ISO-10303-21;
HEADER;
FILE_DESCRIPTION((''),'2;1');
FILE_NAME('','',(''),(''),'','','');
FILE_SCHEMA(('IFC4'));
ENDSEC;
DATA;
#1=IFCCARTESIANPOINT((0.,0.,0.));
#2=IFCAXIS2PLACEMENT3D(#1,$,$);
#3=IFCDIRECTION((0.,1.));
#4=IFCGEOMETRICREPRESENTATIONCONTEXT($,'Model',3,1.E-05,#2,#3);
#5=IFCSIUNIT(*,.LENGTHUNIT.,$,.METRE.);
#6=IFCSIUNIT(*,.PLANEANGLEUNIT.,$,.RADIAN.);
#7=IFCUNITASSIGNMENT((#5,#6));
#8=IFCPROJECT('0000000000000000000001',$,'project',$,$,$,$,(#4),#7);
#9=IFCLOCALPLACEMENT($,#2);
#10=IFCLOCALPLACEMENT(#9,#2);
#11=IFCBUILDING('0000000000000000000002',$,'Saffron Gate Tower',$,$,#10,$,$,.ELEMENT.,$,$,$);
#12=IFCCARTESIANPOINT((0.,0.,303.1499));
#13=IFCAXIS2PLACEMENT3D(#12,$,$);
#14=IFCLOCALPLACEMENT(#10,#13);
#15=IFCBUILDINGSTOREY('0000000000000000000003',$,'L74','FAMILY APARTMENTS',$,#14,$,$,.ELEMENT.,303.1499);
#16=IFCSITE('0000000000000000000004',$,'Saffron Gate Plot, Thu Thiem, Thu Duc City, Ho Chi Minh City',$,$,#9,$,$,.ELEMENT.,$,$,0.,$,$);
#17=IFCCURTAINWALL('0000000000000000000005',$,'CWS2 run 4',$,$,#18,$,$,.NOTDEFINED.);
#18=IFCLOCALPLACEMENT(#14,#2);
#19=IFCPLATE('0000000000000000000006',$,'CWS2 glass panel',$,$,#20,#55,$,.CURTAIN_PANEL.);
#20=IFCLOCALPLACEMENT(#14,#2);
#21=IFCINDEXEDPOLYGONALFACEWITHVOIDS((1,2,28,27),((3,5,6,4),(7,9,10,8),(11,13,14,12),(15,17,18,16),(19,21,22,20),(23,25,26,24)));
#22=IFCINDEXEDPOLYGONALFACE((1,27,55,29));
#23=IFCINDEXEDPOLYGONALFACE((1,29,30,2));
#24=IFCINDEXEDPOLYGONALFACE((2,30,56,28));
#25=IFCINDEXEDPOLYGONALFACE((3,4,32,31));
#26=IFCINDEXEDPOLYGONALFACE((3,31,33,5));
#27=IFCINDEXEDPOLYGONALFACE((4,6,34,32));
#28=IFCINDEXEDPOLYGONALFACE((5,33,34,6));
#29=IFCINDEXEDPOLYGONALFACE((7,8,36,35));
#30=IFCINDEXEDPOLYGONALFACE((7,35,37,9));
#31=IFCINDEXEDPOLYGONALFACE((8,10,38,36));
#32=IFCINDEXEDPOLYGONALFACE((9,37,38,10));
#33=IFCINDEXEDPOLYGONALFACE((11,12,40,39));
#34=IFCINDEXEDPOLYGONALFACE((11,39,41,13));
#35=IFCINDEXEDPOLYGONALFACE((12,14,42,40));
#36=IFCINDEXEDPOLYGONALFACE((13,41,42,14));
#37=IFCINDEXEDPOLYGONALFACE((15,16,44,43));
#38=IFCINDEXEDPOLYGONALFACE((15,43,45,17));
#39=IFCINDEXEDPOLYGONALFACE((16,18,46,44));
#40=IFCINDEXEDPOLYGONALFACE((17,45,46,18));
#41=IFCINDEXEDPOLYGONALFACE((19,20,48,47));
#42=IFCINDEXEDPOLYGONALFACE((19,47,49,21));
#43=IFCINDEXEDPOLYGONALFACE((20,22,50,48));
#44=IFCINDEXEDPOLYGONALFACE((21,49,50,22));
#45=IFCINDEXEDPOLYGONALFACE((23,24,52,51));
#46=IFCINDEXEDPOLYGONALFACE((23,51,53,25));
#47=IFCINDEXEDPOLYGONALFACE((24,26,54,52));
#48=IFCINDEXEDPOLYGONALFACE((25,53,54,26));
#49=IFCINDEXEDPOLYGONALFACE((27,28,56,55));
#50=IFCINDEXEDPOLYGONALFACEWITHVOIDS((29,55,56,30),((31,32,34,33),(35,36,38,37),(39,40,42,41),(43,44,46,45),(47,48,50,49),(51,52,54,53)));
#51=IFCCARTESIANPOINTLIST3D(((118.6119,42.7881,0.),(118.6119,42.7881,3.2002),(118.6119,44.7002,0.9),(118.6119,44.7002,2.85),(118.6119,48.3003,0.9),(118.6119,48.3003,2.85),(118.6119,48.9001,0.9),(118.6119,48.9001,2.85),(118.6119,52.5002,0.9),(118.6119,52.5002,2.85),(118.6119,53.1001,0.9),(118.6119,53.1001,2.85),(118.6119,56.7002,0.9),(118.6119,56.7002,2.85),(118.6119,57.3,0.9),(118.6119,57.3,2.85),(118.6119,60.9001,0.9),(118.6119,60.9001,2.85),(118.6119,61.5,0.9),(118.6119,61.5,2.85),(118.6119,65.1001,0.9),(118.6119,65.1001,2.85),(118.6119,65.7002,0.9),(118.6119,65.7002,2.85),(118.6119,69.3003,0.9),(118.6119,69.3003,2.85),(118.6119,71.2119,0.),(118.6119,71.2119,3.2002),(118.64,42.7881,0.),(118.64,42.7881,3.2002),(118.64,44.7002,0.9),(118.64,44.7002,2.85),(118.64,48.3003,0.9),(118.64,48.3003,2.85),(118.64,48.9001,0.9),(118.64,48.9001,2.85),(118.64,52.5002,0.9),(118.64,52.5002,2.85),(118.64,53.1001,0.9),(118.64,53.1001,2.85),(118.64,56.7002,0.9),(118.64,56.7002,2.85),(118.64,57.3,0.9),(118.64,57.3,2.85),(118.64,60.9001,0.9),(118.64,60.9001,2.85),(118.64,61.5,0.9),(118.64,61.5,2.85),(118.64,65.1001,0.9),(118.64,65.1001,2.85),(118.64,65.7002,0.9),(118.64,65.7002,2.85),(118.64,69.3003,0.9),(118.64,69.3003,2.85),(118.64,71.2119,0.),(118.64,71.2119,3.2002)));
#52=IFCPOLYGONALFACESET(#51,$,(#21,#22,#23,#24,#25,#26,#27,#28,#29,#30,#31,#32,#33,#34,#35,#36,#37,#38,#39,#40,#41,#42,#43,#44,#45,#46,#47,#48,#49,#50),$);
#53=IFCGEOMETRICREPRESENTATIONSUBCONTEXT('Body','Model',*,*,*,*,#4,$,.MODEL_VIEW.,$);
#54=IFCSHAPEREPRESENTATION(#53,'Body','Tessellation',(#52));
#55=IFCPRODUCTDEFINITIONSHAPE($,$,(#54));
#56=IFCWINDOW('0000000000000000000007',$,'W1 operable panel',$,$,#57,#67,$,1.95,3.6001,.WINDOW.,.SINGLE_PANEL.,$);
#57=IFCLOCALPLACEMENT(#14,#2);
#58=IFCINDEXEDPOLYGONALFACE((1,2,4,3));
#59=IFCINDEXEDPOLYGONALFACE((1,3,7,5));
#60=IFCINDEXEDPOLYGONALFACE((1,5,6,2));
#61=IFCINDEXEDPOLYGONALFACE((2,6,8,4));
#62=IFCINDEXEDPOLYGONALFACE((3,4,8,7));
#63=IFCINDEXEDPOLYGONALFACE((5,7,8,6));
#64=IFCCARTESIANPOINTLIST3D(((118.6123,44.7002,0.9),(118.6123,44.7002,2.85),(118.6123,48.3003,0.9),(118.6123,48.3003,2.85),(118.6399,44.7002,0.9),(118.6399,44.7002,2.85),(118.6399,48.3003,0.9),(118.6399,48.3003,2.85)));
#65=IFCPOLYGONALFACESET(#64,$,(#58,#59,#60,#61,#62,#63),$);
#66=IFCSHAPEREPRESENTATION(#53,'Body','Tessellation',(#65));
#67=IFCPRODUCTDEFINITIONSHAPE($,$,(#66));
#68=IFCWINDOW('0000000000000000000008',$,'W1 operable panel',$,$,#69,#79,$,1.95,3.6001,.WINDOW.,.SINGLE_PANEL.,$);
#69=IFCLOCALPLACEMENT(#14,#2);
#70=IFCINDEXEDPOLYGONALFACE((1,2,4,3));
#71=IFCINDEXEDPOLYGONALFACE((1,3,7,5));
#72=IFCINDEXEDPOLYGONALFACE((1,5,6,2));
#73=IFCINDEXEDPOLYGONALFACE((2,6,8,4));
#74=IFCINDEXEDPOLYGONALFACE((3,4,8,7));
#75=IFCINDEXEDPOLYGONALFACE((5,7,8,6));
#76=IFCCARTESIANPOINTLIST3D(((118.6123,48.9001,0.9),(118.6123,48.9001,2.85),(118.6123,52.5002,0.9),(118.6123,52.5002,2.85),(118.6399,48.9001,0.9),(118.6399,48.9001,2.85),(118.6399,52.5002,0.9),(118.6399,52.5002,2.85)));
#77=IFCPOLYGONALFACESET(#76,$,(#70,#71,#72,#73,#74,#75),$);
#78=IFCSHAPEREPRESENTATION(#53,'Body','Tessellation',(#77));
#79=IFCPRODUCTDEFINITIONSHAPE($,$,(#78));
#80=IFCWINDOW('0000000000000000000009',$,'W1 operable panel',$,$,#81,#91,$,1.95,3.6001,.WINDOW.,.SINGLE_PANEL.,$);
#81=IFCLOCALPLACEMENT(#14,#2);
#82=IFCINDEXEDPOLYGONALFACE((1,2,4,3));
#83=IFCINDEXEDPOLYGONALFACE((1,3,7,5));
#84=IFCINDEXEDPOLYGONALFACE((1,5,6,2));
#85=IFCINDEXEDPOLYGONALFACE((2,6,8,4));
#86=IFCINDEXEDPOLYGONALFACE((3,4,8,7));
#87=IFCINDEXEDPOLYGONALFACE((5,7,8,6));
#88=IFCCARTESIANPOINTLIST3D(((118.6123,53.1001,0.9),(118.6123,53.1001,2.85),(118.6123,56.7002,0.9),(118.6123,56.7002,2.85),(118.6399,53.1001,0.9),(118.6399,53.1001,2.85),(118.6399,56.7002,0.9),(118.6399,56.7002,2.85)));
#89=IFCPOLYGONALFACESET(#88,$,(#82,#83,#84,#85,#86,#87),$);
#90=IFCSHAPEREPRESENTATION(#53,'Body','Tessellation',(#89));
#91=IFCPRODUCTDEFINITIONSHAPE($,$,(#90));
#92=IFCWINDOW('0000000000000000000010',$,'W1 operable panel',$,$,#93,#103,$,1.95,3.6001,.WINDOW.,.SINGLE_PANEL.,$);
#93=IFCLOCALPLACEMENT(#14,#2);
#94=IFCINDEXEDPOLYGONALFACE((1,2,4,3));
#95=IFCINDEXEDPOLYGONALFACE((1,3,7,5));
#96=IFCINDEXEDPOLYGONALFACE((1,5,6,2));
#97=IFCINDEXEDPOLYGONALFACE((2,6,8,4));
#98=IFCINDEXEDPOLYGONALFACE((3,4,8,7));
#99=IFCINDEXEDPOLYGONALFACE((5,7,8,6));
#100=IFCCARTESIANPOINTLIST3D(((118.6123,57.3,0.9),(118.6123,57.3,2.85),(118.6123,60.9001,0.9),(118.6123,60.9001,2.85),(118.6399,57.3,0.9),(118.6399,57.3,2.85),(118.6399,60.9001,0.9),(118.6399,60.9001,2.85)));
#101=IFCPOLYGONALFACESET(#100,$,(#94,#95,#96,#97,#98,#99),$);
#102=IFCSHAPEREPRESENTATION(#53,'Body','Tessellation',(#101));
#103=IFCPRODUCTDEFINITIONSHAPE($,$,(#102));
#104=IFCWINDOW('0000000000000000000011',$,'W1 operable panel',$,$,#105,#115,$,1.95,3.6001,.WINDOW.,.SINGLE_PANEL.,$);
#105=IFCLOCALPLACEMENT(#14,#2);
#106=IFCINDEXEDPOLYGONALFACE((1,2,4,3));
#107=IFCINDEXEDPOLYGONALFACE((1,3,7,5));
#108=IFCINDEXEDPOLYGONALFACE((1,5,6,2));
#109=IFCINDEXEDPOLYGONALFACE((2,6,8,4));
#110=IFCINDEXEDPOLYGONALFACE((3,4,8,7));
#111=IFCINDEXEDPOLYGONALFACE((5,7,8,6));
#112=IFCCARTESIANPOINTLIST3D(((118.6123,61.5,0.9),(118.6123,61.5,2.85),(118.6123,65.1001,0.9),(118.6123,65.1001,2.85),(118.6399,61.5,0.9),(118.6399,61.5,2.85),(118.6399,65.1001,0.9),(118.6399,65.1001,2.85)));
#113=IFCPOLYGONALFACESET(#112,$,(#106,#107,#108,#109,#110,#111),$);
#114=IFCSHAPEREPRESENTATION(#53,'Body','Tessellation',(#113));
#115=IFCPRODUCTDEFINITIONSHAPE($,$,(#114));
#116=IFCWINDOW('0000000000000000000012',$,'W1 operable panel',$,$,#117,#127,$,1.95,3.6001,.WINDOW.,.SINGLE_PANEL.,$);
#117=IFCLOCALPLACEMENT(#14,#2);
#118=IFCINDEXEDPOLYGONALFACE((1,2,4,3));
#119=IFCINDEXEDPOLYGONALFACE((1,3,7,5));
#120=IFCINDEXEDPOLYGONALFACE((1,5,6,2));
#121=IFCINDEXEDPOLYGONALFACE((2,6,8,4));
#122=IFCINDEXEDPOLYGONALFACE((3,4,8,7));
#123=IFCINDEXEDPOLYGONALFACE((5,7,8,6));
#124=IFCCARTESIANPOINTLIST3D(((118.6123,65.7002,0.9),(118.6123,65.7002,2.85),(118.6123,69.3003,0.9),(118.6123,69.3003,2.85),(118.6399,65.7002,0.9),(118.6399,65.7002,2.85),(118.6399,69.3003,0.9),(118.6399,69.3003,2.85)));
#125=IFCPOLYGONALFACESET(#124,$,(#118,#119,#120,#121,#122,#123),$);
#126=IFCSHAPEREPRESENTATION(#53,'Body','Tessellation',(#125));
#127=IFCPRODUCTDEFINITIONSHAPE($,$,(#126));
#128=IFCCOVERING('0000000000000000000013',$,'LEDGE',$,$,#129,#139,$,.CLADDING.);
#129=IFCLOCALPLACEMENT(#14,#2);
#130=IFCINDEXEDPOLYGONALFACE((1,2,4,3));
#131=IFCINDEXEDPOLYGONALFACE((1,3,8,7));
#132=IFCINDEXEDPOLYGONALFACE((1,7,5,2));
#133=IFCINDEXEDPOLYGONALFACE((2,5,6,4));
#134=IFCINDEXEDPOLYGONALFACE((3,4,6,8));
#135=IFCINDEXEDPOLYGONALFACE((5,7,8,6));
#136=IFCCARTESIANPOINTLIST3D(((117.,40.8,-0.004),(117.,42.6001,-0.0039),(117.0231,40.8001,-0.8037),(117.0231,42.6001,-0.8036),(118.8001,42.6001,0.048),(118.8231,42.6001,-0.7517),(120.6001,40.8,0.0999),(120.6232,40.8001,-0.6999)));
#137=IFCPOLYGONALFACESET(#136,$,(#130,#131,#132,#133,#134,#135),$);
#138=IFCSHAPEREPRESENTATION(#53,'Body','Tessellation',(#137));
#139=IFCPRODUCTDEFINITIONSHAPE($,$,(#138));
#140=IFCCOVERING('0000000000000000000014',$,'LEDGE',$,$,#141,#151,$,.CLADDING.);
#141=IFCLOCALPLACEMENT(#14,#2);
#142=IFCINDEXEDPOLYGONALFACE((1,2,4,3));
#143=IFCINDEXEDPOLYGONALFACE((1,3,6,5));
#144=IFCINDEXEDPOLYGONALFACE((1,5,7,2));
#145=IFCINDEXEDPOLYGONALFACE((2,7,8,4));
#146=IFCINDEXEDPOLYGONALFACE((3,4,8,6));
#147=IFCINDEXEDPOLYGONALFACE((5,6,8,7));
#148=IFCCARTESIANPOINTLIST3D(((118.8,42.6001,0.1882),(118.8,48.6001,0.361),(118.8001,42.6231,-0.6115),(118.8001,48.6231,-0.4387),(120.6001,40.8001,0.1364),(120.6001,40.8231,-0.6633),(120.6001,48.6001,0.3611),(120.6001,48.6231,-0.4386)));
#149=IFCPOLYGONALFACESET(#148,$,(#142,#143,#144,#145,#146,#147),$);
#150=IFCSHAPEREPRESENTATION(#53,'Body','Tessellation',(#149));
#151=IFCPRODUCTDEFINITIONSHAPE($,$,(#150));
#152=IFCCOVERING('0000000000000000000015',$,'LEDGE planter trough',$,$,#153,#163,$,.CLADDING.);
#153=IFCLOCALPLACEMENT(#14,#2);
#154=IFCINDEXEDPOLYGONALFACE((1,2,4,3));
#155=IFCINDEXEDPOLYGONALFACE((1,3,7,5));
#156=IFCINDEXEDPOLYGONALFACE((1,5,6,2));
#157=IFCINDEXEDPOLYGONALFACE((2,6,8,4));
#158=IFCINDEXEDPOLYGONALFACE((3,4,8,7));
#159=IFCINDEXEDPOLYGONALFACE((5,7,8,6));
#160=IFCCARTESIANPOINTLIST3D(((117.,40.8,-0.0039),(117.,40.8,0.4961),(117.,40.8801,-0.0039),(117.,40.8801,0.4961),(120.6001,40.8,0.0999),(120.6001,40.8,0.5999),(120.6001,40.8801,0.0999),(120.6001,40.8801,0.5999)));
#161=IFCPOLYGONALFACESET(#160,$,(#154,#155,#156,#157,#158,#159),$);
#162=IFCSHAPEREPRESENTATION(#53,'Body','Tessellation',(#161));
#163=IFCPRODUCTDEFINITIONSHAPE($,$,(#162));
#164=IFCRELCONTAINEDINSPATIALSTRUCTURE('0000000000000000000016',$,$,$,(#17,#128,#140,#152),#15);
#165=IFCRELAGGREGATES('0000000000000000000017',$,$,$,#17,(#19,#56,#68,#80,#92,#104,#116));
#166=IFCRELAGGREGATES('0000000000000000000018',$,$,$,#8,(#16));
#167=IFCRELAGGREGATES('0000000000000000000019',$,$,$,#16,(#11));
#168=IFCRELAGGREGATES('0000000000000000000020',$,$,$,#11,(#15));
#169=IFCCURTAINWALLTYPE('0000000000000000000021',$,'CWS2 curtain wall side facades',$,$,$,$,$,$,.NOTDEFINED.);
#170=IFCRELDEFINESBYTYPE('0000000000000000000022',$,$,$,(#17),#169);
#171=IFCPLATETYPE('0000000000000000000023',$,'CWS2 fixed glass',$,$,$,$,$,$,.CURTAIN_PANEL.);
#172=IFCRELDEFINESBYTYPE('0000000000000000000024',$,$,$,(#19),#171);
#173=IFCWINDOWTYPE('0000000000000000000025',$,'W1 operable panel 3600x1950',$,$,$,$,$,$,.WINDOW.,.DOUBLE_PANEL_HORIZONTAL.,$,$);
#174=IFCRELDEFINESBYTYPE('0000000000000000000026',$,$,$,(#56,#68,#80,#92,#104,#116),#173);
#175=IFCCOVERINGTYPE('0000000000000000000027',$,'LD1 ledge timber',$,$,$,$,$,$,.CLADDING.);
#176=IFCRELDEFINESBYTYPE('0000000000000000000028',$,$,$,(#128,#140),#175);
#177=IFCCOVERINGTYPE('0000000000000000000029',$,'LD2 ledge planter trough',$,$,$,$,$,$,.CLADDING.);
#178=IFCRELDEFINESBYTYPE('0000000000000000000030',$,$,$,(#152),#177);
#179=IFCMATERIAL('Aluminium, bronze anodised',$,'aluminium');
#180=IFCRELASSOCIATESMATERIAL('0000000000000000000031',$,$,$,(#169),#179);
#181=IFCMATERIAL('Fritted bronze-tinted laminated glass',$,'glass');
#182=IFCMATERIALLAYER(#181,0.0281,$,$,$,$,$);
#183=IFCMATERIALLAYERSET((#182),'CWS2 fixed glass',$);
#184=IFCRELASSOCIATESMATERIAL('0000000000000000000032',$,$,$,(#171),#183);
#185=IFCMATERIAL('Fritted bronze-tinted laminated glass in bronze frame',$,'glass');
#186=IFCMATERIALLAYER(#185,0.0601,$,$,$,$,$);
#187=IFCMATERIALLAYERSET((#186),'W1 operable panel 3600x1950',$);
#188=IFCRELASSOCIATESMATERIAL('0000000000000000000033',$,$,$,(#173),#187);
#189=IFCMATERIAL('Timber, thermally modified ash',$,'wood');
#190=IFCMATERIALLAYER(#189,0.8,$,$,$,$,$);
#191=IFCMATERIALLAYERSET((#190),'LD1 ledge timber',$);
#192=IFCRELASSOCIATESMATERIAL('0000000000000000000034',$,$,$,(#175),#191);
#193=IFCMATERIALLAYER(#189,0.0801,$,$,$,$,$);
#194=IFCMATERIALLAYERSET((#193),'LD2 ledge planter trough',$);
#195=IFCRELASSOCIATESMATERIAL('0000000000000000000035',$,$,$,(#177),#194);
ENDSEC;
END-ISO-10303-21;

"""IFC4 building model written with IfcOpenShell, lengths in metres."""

from ifc_helpers import new_model, si_unit, direction, frame, frame_2d, origin, place, context, subcontext, project, spatial, polyline, rectangle, outline, extrude, material, layer, layer_set, type_object, element, fill, aggregate, save


model = new_model("IFC4")

# Units and contexts
model_context = context("Model", 3, precision=1e-05, world=origin(), true_north=direction((0.0, 1.0)))
body_context = subcontext(model_context, "Body", "Model", "MODEL_VIEW")
ifc_project = project(units=[si_unit("LENGTHUNIT", "METRE"), si_unit("PLANEANGLEUNIT", "RADIAN")], contexts=[model_context])

# Site, building, storey
site_placement = place(None, origin())
site = spatial("IfcSite", under=ifc_project, at=site_placement, Name="Saffron Gate Plot, Thu Thiem, Thu Duc City, Ho Chi Minh City", CompositionType="ELEMENT", RefElevation=0.0)
building_placement = place(site_placement, origin())
building = spatial("IfcBuilding", under=site, at=building_placement, Name="Saffron Gate Tower", CompositionType="ELEMENT")
storey_placement = place(building_placement, frame((0.0, 0.0, 303.1499)))
storey = spatial("IfcBuildingStorey", under=building, at=storey_placement, Name="L74", Description="FAMILY APARTMENTS", CompositionType="ELEMENT", Elevation=303.1499)

# Curtain wall
ifc_material_1 = material(Name="Aluminium, bronze anodised", Category="aluminium")
curtain_wall_type_1 = type_object("IfcCurtainWallType", Name="CWS2 curtain wall side facades", PredefinedType="NOTDEFINED", material=ifc_material_1)
curtain_wall_1_placement = place(storey_placement, origin())
curtain_wall_1 = element("IfcCurtainWall", 1, at=curtain_wall_1_placement, inside=storey, type_object=curtain_wall_type_1, Name="CWS2 run 4", PredefinedType="NOTDEFINED")

# Plate, openings, windows
ifc_material_2 = material(Name="Fritted bronze-tinted laminated glass", Category="glass")
ifc_layer_1 = layer(ifc_material_2, 0.0281)
ifc_layer_set_1 = layer_set([ifc_layer_1], Name="CWS2 fixed glass")
plate_type = type_object("IfcPlateType", Name="CWS2 fixed glass", PredefinedType="CURTAIN_PANEL", material=ifc_layer_set_1)
plate_placement = place(storey_placement, frame((118.626, 42.7881, 0.0), z_axis=(0.0, 0.0, 1.0), x_axis=(0.0, 1.0, 0.0)))
plate = element("IfcPlate", 2, at=plate_placement, type_object=plate_type, Name="CWS2 glass panel", PredefinedType="CURTAIN_PANEL", context=body_context, shape_type="SweptSolid", body=[
    extrude(rectangle(XDim=28.4238, YDim=0.0281, at=frame_2d((14.2119, 0.0))), origin(), (0.0, 0.0, 1.0), 3.2002),
])
opening_1_placement = place(plate_placement, frame((1.9121, 0.0, 0.8999)))
opening_1 = element("IfcOpeningElement", 3, at=opening_1_placement, cuts=plate, PredefinedType="OPENING", context=body_context, shape_type="SweptSolid", body=[
    extrude(rectangle(XDim=3.6001, YDim=1.95, at=frame_2d((1.8, 0.9751))), frame((0.0, 0.0239, 0.0), z_axis=(0.0, -1.0, 0.0), x_axis=(1.0, 0.0, 0.0)), (0.0, 0.0, 1.0), 0.0481),
])
opening_2_placement = place(plate_placement, frame((6.1121, 0.0, 0.8999)))
opening_2 = element("IfcOpeningElement", 4, at=opening_2_placement, cuts=plate, PredefinedType="OPENING", context=body_context, shape_type="SweptSolid", body=[
    extrude(rectangle(XDim=3.6001, YDim=1.95, at=frame_2d((1.8, 0.9751))), frame((0.0, 0.0239, 0.0), z_axis=(0.0, -1.0, 0.0), x_axis=(1.0, 0.0, 0.0)), (0.0, 0.0, 1.0), 0.0481),
])
opening_3_placement = place(plate_placement, frame((10.312, 0.0, 0.8999)))
opening_3 = element("IfcOpeningElement", 5, at=opening_3_placement, cuts=plate, PredefinedType="OPENING", context=body_context, shape_type="SweptSolid", body=[
    extrude(rectangle(XDim=3.6001, YDim=1.95, at=frame_2d((1.8, 0.9751))), frame((0.0, 0.0239, 0.0), z_axis=(0.0, -1.0, 0.0), x_axis=(1.0, 0.0, 0.0)), (0.0, 0.0, 1.0), 0.0481),
])
opening_4_placement = place(plate_placement, frame((14.512, 0.0, 0.8999)))
opening_4 = element("IfcOpeningElement", 6, at=opening_4_placement, cuts=plate, PredefinedType="OPENING", context=body_context, shape_type="SweptSolid", body=[
    extrude(rectangle(XDim=3.6001, YDim=1.95, at=frame_2d((1.8, 0.9751))), frame((0.0, 0.0239, 0.0), z_axis=(0.0, -1.0, 0.0), x_axis=(1.0, 0.0, 0.0)), (0.0, 0.0, 1.0), 0.0481),
])
opening_5_placement = place(plate_placement, frame((18.7119, 0.0, 0.8999)))
opening_5 = element("IfcOpeningElement", 7, at=opening_5_placement, cuts=plate, PredefinedType="OPENING", context=body_context, shape_type="SweptSolid", body=[
    extrude(rectangle(XDim=3.6001, YDim=1.95, at=frame_2d((1.8, 0.9751))), frame((0.0, 0.0239, 0.0), z_axis=(0.0, -1.0, 0.0), x_axis=(1.0, 0.0, 0.0)), (0.0, 0.0, 1.0), 0.0481),
])
opening_6_placement = place(plate_placement, frame((22.9121, 0.0, 0.8999)))
opening_6 = element("IfcOpeningElement", 8, at=opening_6_placement, cuts=plate, PredefinedType="OPENING", context=body_context, shape_type="SweptSolid", body=[
    extrude(rectangle(XDim=3.6001, YDim=1.95, at=frame_2d((1.8, 0.9751))), frame((0.0, 0.0239, 0.0), z_axis=(0.0, -1.0, 0.0), x_axis=(1.0, 0.0, 0.0)), (0.0, 0.0, 1.0), 0.0481),
])
ifc_material_3 = material(Name="Fritted bronze-tinted laminated glass in bronze frame", Category="glass")
ifc_layer_2 = layer(ifc_material_3, 0.0601)
ifc_layer_set_2 = layer_set([ifc_layer_2], Name="W1 operable panel 3600x1950")
window_type = type_object("IfcWindowType", Name="W1 operable panel 3600x1950", PartitioningType="DOUBLE_PANEL_HORIZONTAL", PredefinedType="WINDOW", material=ifc_layer_set_2)
window_1_placement = place(opening_1_placement, origin())
window_1 = element("IfcWindow", 9, at=window_1_placement, type_object=window_type, Name="W1 operable panel", OverallHeight=1.95, OverallWidth=3.6001, PartitioningType="SINGLE_PANEL", PredefinedType="WINDOW", context=body_context, shape_type="SweptSolid", body=[
    extrude(rectangle(XDim=3.6001, YDim=1.95, at=frame_2d((1.8, 0.9751))), frame((0.0, 0.0137, 0.0), z_axis=(0.0, -1.0, 0.0), x_axis=(1.0, 0.0, 0.0)), (0.0, 0.0, 1.0), 0.0276),
])
fill(opening_1, window_1)
window_2_placement = place(opening_2_placement, origin())
window_2 = element("IfcWindow", 10, at=window_2_placement, type_object=window_type, Name="W1 operable panel", OverallHeight=1.95, OverallWidth=3.6001, PartitioningType="SINGLE_PANEL", PredefinedType="WINDOW", context=body_context, shape_type="SweptSolid", body=[
    extrude(rectangle(XDim=3.6001, YDim=1.95, at=frame_2d((1.8, 0.9751))), frame((0.0, 0.0137, 0.0), z_axis=(0.0, -1.0, 0.0), x_axis=(1.0, 0.0, 0.0)), (0.0, 0.0, 1.0), 0.0276),
])
fill(opening_2, window_2)
window_3_placement = place(opening_3_placement, origin())
window_3 = element("IfcWindow", 11, at=window_3_placement, type_object=window_type, Name="W1 operable panel", OverallHeight=1.95, OverallWidth=3.6001, PartitioningType="SINGLE_PANEL", PredefinedType="WINDOW", context=body_context, shape_type="SweptSolid", body=[
    extrude(rectangle(XDim=3.6001, YDim=1.95, at=frame_2d((1.8, 0.9751))), frame((0.0, 0.0137, 0.0), z_axis=(0.0, -1.0, 0.0), x_axis=(1.0, 0.0, 0.0)), (0.0, 0.0, 1.0), 0.0276),
])
fill(opening_3, window_3)
window_4_placement = place(opening_4_placement, origin())
window_4 = element("IfcWindow", 12, at=window_4_placement, type_object=window_type, Name="W1 operable panel", OverallHeight=1.95, OverallWidth=3.6001, PartitioningType="SINGLE_PANEL", PredefinedType="WINDOW", context=body_context, shape_type="SweptSolid", body=[
    extrude(rectangle(XDim=3.6001, YDim=1.95, at=frame_2d((1.8, 0.9751))), frame((0.0, 0.0137, 0.0), z_axis=(0.0, -1.0, 0.0), x_axis=(1.0, 0.0, 0.0)), (0.0, 0.0, 1.0), 0.0276),
])
fill(opening_4, window_4)
window_5_placement = place(opening_5_placement, origin())
window_5 = element("IfcWindow", 13, at=window_5_placement, type_object=window_type, Name="W1 operable panel", OverallHeight=1.95, OverallWidth=3.6001, PartitioningType="SINGLE_PANEL", PredefinedType="WINDOW", context=body_context, shape_type="SweptSolid", body=[
    extrude(rectangle(XDim=3.6001, YDim=1.95, at=frame_2d((1.8, 0.9751))), frame((0.0, 0.0137, 0.0), z_axis=(0.0, -1.0, 0.0), x_axis=(1.0, 0.0, 0.0)), (0.0, 0.0, 1.0), 0.0276),
])
fill(opening_5, window_5)
window_6_placement = place(opening_6_placement, origin())
window_6 = element("IfcWindow", 14, at=window_6_placement, type_object=window_type, Name="W1 operable panel", OverallHeight=1.95, OverallWidth=3.6001, PartitioningType="SINGLE_PANEL", PredefinedType="WINDOW", context=body_context, shape_type="SweptSolid", body=[
    extrude(rectangle(XDim=3.6001, YDim=1.95, at=frame_2d((1.8, 0.9751))), frame((0.0, 0.0137, 0.0), z_axis=(0.0, -1.0, 0.0), x_axis=(1.0, 0.0, 0.0)), (0.0, 0.0, 1.0), 0.0276),
])
fill(opening_6, window_6)
aggregate(curtain_wall_1, [plate, window_1, window_2, window_3, window_4, window_5, window_6])

# Coverings
ifc_material_4 = material(Name="Timber, thermally modified ash", Category="wood")
ifc_layer_3 = layer(ifc_material_4, 0.8)
ifc_layer_set_3 = layer_set([ifc_layer_3], Name="LD1 ledge timber")
covering_type_1 = type_object("IfcCoveringType", Name="LD1 ledge timber", PredefinedType="CLADDING", material=ifc_layer_set_3)
covering_1_placement = place(storey_placement, frame((117.0, 42.6001, -0.0039), z_axis=(-0.028832, -0.000045, 0.999584), x_axis=(0.999584, 0.0, 0.028832)))
element("IfcCovering", 15, at=covering_1_placement, inside=storey, type_object=covering_type_1, Name="LEDGE", PredefinedType="CLADDING", context=body_context, shape_type="SweptSolid", body=[
    extrude(outline(polyline([(0.0, 0.0), (1.8008, 0.0), (3.6016, -1.8), (0.0, -1.8), (0.0, 0.0)])), origin(), (0.0, 0.0, -1.0), 0.8),
])
covering_2_placement = place(storey_placement, frame((118.8, 42.6001, 0.1882), z_axis=(-0.000024, -0.028789, 0.999585), x_axis=(0.0, 0.999585, 0.028789)))
element("IfcCovering", 16, at=covering_2_placement, inside=storey, type_object=covering_type_1, Name="LEDGE", PredefinedType="CLADDING", context=body_context, shape_type="SweptSolid", body=[
    extrude(outline(polyline([(0.0, 0.0), (6.0025, 0.0), (6.0025, -1.8), (-1.8008, -1.8), (0.0, 0.0)])), origin(), (0.0, 0.0, -1.0), 0.8),
])
ifc_layer_4 = layer(ifc_material_4, 0.0801)
ifc_layer_set_4 = layer_set([ifc_layer_4], Name="LD2 ledge planter trough")
covering_type_2 = type_object("IfcCoveringType", Name="LD2 ledge planter trough", PredefinedType="CLADDING", material=ifc_layer_set_4)
covering_3_placement = place(storey_placement, frame((117.0, 40.8, -0.0039), z_axis=(0.0, -1.0, 0.0), x_axis=(0.999585, 0.0, 0.028809)))
element("IfcCovering", 17, at=covering_3_placement, inside=storey, type_object=covering_type_2, Name="LEDGE planter trough", PredefinedType="CLADDING", context=body_context, shape_type="SweptSolid", body=[
    extrude(outline(polyline([(0.0, 0.0), (3.6016, 0.0), (3.616, 0.4998), (0.0144, 0.4998), (0.0, 0.0)])), origin(), (0.0, 0.0, -1.0), 0.0801),
])

save(model, "model.ifc")
